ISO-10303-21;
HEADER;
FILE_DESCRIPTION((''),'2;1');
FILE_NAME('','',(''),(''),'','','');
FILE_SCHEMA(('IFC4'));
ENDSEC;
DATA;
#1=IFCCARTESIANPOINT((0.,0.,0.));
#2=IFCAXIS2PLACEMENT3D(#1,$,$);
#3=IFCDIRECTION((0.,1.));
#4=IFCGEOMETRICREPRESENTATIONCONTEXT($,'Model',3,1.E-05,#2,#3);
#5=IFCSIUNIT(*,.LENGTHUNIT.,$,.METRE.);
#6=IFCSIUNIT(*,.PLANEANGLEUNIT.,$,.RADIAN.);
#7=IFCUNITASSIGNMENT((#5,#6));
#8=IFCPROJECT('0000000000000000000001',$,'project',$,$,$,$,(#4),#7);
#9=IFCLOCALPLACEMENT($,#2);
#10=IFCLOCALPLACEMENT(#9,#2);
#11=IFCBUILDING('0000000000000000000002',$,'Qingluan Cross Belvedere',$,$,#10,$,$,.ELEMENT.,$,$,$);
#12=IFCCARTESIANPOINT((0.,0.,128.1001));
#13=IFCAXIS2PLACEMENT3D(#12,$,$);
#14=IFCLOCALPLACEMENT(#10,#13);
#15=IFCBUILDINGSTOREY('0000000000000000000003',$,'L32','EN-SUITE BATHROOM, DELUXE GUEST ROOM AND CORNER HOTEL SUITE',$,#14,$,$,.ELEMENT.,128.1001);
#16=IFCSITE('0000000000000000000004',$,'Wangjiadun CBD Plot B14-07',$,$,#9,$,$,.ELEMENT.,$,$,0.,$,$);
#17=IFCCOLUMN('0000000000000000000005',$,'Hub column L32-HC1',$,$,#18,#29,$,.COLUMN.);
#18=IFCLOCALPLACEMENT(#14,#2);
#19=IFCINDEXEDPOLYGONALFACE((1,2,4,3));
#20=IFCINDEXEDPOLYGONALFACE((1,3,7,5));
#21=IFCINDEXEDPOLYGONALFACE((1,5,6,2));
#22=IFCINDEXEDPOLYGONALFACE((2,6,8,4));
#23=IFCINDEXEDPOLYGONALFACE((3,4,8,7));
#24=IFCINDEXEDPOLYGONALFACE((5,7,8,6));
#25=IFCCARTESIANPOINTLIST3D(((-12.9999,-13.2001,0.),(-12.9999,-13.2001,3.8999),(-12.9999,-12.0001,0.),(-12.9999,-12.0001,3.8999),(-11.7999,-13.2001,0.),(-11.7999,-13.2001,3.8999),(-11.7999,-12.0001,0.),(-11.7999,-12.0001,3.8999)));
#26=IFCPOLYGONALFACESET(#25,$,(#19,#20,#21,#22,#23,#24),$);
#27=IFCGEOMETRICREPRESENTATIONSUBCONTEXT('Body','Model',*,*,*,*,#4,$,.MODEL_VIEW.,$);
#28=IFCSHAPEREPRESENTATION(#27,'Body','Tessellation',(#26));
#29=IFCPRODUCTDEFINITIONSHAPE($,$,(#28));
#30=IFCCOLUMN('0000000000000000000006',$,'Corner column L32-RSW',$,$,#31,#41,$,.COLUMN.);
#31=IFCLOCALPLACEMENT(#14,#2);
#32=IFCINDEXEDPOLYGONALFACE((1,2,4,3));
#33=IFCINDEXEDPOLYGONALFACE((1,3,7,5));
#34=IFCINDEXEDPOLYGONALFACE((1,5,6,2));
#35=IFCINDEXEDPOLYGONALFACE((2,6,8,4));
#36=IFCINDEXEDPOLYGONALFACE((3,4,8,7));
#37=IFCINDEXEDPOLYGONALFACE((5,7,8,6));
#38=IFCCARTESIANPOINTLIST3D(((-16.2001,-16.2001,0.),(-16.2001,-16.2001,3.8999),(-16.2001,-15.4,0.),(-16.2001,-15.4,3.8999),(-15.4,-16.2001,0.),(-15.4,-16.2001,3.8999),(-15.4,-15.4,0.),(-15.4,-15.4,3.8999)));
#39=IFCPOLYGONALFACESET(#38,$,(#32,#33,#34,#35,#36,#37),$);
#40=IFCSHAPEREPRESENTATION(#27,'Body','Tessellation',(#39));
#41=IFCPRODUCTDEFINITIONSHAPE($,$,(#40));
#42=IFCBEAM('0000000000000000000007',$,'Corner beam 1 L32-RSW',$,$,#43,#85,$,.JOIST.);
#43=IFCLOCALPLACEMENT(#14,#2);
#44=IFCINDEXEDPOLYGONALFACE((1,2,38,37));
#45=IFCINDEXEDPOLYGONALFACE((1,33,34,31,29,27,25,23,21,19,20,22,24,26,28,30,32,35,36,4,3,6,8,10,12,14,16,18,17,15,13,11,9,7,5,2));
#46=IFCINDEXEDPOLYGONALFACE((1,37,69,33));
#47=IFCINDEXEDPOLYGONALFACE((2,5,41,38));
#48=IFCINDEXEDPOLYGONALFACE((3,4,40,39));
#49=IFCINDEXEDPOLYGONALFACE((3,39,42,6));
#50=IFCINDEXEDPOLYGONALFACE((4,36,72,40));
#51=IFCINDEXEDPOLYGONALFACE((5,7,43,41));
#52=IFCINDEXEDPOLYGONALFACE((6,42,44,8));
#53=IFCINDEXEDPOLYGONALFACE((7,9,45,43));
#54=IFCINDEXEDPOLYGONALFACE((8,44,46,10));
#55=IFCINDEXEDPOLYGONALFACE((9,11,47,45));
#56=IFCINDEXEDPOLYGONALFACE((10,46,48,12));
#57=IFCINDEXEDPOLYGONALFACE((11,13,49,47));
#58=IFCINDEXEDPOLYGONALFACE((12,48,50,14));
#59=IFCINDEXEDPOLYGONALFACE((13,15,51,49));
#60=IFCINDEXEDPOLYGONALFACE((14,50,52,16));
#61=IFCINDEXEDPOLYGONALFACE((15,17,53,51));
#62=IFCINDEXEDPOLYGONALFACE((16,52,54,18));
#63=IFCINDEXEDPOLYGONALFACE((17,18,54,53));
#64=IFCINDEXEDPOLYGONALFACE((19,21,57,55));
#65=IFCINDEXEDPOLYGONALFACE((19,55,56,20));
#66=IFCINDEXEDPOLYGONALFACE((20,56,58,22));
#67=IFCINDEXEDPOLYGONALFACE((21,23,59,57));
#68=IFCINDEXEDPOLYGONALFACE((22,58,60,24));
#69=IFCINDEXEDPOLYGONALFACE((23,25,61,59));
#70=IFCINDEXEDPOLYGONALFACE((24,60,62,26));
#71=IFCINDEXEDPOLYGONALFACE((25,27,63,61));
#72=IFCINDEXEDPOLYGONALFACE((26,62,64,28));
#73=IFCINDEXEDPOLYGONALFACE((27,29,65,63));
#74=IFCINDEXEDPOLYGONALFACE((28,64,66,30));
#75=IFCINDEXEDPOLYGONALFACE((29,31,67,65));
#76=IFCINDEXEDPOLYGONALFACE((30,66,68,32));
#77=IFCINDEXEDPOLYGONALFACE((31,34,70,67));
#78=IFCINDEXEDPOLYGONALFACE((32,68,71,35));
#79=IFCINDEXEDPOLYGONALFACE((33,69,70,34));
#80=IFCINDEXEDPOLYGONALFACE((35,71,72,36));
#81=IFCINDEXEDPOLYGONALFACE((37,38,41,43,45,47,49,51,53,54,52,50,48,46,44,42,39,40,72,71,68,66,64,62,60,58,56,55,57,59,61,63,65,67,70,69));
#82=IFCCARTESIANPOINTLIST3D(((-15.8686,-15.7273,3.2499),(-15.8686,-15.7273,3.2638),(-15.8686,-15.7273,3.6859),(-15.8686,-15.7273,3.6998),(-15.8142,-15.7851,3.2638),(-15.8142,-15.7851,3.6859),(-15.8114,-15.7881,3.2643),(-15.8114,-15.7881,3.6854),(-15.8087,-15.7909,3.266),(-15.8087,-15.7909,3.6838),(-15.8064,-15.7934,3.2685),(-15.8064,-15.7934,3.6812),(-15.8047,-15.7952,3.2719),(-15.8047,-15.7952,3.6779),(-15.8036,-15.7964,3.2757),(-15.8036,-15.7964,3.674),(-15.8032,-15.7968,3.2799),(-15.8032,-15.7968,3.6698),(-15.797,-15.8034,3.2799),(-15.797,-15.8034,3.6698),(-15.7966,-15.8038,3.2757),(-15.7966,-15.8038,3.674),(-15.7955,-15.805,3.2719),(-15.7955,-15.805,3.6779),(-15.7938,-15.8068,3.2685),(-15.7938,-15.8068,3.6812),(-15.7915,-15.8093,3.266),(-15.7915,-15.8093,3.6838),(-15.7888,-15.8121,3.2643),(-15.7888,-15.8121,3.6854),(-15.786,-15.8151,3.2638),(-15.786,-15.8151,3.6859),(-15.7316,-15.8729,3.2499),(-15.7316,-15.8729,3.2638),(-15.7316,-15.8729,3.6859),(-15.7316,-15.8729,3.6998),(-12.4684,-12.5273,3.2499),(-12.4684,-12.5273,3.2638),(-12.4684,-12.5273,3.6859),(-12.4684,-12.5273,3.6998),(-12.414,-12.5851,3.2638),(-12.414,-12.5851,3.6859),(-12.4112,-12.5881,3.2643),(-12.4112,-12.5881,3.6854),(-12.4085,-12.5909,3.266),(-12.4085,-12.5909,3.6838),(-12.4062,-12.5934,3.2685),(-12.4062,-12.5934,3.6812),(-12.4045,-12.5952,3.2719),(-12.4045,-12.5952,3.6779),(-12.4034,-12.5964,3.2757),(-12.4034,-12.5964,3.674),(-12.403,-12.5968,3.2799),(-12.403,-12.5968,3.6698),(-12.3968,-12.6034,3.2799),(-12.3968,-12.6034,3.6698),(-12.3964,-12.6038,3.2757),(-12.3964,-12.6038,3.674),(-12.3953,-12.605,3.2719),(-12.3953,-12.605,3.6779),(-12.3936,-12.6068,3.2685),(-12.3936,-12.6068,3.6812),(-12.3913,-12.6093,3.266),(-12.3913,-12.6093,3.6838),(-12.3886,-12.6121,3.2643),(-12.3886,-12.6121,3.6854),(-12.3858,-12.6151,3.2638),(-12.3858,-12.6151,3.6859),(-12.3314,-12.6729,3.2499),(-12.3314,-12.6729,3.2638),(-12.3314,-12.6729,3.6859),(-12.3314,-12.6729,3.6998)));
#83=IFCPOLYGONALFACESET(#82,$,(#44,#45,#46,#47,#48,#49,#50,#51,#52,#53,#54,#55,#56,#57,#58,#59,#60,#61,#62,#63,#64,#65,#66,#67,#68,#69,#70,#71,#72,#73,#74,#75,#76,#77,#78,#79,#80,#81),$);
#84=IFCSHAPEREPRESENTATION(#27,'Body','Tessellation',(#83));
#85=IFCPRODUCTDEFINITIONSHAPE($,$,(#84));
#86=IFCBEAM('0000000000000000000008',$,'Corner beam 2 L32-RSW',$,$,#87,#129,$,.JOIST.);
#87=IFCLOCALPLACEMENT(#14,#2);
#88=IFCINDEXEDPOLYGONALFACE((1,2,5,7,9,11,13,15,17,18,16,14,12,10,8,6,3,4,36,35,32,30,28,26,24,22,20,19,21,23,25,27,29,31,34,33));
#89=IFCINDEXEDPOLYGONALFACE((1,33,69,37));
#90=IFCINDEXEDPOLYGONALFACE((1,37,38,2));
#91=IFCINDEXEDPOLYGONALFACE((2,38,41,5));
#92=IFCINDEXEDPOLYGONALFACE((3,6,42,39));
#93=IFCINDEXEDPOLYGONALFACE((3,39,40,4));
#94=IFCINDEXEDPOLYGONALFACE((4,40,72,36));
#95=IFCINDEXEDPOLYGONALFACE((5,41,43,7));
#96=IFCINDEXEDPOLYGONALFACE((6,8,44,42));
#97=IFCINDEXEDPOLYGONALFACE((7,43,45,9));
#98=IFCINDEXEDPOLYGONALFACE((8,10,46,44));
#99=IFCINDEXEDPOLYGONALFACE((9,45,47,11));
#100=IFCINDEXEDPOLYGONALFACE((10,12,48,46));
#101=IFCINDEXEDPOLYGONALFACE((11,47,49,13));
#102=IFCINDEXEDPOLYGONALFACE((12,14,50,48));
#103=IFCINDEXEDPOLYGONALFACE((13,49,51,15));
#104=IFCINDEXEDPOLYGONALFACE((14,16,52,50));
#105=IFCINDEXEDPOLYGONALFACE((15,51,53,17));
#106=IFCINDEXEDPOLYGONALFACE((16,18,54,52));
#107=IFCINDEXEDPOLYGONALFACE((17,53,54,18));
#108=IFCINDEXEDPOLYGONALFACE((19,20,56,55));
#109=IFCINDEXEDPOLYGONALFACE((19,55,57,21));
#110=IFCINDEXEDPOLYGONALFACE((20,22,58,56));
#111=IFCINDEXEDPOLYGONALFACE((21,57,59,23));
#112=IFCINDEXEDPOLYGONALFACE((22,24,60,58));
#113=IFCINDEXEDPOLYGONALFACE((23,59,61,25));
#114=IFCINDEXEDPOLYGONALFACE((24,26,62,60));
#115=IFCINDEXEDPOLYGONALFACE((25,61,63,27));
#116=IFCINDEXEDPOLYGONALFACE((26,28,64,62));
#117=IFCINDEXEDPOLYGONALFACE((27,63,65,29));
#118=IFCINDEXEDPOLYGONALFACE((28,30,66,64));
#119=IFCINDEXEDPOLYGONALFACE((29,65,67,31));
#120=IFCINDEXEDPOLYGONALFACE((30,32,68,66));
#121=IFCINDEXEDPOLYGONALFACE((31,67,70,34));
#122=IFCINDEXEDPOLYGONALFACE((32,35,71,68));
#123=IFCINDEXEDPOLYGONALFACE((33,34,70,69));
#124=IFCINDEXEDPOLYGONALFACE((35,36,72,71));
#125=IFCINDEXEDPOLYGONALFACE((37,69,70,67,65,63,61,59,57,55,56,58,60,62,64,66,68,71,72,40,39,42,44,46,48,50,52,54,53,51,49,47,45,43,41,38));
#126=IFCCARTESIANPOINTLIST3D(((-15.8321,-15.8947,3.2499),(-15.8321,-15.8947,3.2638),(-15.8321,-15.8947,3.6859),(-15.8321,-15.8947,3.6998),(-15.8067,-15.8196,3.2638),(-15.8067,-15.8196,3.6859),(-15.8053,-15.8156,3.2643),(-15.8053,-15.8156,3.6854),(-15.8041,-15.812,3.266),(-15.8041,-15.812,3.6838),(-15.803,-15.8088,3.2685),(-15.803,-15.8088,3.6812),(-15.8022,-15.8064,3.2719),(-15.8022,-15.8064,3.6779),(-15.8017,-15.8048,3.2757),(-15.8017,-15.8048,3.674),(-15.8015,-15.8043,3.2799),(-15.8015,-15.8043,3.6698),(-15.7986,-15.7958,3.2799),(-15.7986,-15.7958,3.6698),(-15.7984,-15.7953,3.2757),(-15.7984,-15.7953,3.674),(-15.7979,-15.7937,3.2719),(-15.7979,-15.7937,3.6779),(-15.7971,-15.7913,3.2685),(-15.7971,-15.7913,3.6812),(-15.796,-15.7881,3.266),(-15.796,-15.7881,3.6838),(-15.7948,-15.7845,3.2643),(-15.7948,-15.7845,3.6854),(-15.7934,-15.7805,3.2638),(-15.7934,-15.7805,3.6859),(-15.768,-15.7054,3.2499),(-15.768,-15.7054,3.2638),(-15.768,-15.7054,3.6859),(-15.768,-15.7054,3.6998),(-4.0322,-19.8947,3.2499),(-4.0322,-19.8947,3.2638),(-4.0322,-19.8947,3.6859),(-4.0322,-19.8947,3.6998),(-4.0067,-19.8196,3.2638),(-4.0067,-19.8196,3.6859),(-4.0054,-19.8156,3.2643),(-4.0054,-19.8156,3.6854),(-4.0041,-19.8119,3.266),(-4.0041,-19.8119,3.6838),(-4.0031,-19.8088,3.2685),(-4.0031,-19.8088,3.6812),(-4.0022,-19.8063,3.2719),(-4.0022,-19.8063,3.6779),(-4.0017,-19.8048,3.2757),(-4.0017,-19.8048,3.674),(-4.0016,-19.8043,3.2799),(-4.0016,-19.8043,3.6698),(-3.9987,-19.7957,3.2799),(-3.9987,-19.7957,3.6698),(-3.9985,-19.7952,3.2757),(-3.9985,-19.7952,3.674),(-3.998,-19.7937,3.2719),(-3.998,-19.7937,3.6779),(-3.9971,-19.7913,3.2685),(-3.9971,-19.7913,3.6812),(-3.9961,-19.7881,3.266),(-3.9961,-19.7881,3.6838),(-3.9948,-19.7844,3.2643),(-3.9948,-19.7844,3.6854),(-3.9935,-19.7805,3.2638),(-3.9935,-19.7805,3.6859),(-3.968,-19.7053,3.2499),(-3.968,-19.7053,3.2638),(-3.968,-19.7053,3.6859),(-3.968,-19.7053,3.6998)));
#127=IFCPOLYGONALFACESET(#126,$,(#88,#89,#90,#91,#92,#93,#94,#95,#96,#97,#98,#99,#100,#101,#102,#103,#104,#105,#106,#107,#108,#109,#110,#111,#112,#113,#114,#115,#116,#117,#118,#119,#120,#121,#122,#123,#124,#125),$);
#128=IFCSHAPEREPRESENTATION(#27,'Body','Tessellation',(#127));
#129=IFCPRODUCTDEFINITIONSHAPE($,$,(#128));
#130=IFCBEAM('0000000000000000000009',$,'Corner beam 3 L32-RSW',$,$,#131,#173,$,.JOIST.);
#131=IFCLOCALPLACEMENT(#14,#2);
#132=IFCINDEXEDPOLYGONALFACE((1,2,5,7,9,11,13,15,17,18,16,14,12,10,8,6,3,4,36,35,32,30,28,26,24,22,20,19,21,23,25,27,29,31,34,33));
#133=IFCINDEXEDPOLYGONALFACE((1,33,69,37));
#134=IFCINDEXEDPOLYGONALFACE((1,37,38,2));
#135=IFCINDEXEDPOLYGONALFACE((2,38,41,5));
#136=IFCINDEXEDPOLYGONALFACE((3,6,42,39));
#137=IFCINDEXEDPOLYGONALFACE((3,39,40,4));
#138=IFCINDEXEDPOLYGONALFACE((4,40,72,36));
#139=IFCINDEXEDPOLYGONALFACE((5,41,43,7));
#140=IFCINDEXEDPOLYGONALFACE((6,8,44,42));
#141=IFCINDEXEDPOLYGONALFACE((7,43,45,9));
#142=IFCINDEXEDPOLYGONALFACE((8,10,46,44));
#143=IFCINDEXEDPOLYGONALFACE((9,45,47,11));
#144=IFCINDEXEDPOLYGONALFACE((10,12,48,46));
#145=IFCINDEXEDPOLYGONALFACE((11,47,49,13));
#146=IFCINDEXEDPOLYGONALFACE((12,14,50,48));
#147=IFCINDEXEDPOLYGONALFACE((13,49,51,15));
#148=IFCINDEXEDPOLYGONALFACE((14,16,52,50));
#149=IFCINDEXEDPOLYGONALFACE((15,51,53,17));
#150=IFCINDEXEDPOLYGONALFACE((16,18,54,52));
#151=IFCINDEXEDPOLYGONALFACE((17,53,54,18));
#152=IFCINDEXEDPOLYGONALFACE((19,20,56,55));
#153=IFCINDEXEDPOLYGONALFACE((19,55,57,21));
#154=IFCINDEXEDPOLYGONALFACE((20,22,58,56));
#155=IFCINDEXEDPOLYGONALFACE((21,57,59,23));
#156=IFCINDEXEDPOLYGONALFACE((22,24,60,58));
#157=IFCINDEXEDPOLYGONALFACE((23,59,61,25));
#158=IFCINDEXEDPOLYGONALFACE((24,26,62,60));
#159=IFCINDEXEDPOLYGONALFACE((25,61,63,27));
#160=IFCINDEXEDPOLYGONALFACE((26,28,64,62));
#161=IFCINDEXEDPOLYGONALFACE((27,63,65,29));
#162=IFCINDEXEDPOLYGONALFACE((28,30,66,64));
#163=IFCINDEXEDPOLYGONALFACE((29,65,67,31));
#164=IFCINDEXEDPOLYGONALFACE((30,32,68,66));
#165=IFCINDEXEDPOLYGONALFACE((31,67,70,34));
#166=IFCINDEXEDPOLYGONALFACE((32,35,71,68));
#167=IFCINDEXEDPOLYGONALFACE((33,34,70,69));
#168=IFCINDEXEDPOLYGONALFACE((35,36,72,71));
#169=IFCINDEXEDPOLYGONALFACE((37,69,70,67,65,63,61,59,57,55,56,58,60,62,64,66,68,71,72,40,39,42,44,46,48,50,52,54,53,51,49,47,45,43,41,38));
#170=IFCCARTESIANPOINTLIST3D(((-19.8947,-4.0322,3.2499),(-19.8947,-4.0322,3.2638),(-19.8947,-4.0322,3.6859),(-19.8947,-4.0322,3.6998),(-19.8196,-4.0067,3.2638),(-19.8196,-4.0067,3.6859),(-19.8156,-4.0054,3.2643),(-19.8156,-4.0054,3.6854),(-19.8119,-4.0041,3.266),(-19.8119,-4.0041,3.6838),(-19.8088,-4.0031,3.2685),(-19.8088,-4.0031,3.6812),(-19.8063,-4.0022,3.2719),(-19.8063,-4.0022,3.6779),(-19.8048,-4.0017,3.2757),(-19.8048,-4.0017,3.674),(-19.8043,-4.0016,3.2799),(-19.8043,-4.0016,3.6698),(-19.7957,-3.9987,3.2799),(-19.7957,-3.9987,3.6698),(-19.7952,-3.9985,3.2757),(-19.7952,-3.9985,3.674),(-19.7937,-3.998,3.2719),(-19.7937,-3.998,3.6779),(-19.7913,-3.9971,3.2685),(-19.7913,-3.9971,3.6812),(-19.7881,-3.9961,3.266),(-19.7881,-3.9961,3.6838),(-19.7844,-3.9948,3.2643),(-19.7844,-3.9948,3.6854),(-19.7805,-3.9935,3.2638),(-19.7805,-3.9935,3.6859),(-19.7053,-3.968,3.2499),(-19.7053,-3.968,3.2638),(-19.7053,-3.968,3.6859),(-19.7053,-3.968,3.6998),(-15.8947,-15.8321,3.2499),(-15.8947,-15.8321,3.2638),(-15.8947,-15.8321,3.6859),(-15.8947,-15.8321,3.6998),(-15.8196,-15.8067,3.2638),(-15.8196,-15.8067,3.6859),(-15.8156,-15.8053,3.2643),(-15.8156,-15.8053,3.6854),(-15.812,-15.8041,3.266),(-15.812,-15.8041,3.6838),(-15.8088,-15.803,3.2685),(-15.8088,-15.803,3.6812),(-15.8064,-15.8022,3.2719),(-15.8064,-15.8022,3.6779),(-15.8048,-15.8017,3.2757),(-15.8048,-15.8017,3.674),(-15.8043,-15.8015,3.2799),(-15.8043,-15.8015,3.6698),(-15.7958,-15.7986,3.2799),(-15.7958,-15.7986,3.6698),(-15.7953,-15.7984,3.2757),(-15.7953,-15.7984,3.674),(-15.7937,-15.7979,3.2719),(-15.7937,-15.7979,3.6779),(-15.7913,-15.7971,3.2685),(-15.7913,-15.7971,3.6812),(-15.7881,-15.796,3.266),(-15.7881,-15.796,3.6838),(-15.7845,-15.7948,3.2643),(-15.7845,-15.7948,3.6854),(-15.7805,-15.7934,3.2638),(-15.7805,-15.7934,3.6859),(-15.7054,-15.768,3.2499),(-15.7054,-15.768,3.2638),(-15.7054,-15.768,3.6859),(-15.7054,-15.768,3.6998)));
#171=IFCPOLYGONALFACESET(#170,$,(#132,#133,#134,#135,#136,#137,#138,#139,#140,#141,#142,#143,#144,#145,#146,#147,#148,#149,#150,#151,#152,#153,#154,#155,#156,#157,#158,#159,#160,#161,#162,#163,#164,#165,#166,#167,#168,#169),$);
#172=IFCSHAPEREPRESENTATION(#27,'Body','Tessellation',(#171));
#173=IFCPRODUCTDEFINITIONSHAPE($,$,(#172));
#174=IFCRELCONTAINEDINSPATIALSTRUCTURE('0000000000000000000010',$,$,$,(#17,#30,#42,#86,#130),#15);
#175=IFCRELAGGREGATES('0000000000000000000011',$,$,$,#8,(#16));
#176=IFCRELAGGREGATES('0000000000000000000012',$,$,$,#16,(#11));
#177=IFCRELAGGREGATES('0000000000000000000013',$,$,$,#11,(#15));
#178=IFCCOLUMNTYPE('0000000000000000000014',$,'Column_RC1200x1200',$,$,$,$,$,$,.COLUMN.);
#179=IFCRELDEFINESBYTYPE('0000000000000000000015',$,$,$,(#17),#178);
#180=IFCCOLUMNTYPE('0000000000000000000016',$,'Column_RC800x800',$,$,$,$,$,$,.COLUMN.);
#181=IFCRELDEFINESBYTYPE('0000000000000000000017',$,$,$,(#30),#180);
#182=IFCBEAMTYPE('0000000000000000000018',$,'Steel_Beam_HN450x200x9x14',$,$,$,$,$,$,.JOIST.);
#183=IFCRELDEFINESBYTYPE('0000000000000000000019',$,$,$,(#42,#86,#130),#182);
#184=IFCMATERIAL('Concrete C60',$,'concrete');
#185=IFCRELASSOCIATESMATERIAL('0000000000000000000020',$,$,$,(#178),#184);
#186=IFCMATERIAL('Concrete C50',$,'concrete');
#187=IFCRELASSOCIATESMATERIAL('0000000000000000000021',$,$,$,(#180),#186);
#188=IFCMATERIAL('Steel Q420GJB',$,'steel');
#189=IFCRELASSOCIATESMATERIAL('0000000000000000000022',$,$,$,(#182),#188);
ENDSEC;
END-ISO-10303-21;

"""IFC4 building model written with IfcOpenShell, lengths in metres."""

from ifc_helpers import new_model, si_unit, direction, frame, origin, origin_2d, place, context, subcontext, project, spatial, rectangle, i_section, extrude, material, material_profile, profile_set, type_object, element, save


model = new_model("IFC4")

# Units and contexts
model_context = context("Model", 3, precision=1e-05, world=origin(), true_north=direction((0.0, 1.0)))
body_context = subcontext(model_context, "Body", "Model", "MODEL_VIEW")
ifc_project = project(units=[si_unit("LENGTHUNIT", "METRE"), si_unit("PLANEANGLEUNIT", "RADIAN")], contexts=[model_context])

# Site, building, storey
site_placement = place(None, origin())
site = spatial("IfcSite", under=ifc_project, at=site_placement, Name="Wangjiadun CBD Plot B14-07", CompositionType="ELEMENT", RefElevation=0.0)
building_placement = place(site_placement, origin())
building = spatial("IfcBuilding", under=site, at=building_placement, Name="Qingluan Cross Belvedere", CompositionType="ELEMENT")
storey_placement = place(building_placement, frame((0.0, 0.0, 128.1001)))
storey = spatial("IfcBuildingStorey", under=building, at=storey_placement, Name="L32", Description="EN-SUITE BATHROOM, DELUXE GUEST ROOM AND CORNER HOTEL SUITE", CompositionType="ELEMENT", Elevation=128.1001)

# Columns
ifc_material_1 = material(Name="Concrete C60", Category="concrete")
ifc_material_profile_1 = material_profile(ifc_material_1, rectangle(XDim=1.2, YDim=1.2, at=origin_2d()), Name="RC1200x1200")
ifc_profile_set_1 = profile_set([ifc_material_profile_1], Name="Concrete C60")
column_type_1 = type_object("IfcColumnType", Name="Column_RC1200x1200", PredefinedType="COLUMN", material=ifc_profile_set_1)
column_1_placement = place(storey_placement, frame((-12.3999, -12.6001, 0.0), z_axis=(0.0, 0.0, 1.0), x_axis=(1.0, 0.0, 0.0)))
element("IfcColumn", 1, at=column_1_placement, inside=storey, type_object=column_type_1, Name="Hub column L32-HC1", PredefinedType="COLUMN", context=body_context, shape_type="SweptSolid", body=[
    extrude(rectangle(XDim=1.2, YDim=1.2, at=origin_2d()), origin(), (0.0, 0.0, 1.0), 3.8999),
])
ifc_material_2 = material(Name="Concrete C50", Category="concrete")
ifc_material_profile_2 = material_profile(ifc_material_2, rectangle(XDim=0.8, YDim=0.8, at=origin_2d()), Name="RC800x800")
ifc_profile_set_2 = profile_set([ifc_material_profile_2], Name="Concrete C50")
column_type_2 = type_object("IfcColumnType", Name="Column_RC800x800", PredefinedType="COLUMN", material=ifc_profile_set_2)
column_2_placement = place(storey_placement, frame((-15.8, -15.8, 0.0), z_axis=(0.0, 0.0, 1.0), x_axis=(1.0, 0.0, 0.0)))
element("IfcColumn", 2, at=column_2_placement, inside=storey, type_object=column_type_2, Name="Corner column L32-RSW", PredefinedType="COLUMN", context=body_context, shape_type="SweptSolid", body=[
    extrude(rectangle(XDim=0.8, YDim=0.8, at=origin_2d()), origin(), (0.0, 0.0, 1.0), 3.8999),
])

# Beams
ifc_material_3 = material(Name="Steel Q420GJB", Category="steel")
ifc_material_profile_3 = material_profile(ifc_material_3, i_section(OverallWidth=0.2, OverallDepth=0.45, WebThickness=0.009, FlangeThickness=0.0139, FilletRadius=0.0161, at=origin_2d()), Name="HN450x200x9x14")
ifc_profile_set_3 = profile_set([ifc_material_profile_3], Name="Steel Q420GJB")
beam_type_1 = type_object("IfcBeamType", Name="Steel_Beam_HN450x200x9x14", PredefinedType="JOIST", material=ifc_profile_set_3)
beam_1_placement = place(storey_placement, frame((-12.3999, -12.6001, 3.4749), z_axis=(-0.72822, -0.685343, 0.0), x_axis=(0.685343, -0.72822, 0.0)))
element("IfcBeam", 3, at=beam_1_placement, inside=storey, type_object=beam_type_1, Name="Corner beam 1 L32-RSW", PredefinedType="JOIST", context=body_context, shape_type="SweptSolid", body=[
    extrude(i_section(OverallWidth=0.2, OverallDepth=0.45, WebThickness=0.009, FlangeThickness=0.0139, FilletRadius=0.0161, at=origin_2d()), origin(), (0.0, 0.0, 1.0), 4.6692),
])
for number, where, z_axis, x_axis, name in (
    (4, (-15.8, -15.8, 3.4749), (0.947066, -0.321038, 0.0), (0.321038, 0.947066, 0.0), "Corner beam 2 L32-RSW"),
    (5, (-15.8, -15.8, 3.4749), (-0.321038, 0.947066, 0.0), (-0.947066, -0.321038, 0.0), "Corner beam 3 L32-RSW"),
):
    element("IfcBeam", number, at=place(storey_placement, frame(where, z_axis=z_axis, x_axis=x_axis)), inside=storey, type_object=beam_type_1, Name=name, PredefinedType="JOIST", context=body_context, shape_type="SweptSolid", body=[
        extrude(i_section(OverallWidth=0.2, OverallDepth=0.45, WebThickness=0.009, FlangeThickness=0.0139, FilletRadius=0.0161, at=origin_2d()), origin(), (0.0, 0.0, 1.0), 12.4595),
    ])

save(model, "model.ifc")
